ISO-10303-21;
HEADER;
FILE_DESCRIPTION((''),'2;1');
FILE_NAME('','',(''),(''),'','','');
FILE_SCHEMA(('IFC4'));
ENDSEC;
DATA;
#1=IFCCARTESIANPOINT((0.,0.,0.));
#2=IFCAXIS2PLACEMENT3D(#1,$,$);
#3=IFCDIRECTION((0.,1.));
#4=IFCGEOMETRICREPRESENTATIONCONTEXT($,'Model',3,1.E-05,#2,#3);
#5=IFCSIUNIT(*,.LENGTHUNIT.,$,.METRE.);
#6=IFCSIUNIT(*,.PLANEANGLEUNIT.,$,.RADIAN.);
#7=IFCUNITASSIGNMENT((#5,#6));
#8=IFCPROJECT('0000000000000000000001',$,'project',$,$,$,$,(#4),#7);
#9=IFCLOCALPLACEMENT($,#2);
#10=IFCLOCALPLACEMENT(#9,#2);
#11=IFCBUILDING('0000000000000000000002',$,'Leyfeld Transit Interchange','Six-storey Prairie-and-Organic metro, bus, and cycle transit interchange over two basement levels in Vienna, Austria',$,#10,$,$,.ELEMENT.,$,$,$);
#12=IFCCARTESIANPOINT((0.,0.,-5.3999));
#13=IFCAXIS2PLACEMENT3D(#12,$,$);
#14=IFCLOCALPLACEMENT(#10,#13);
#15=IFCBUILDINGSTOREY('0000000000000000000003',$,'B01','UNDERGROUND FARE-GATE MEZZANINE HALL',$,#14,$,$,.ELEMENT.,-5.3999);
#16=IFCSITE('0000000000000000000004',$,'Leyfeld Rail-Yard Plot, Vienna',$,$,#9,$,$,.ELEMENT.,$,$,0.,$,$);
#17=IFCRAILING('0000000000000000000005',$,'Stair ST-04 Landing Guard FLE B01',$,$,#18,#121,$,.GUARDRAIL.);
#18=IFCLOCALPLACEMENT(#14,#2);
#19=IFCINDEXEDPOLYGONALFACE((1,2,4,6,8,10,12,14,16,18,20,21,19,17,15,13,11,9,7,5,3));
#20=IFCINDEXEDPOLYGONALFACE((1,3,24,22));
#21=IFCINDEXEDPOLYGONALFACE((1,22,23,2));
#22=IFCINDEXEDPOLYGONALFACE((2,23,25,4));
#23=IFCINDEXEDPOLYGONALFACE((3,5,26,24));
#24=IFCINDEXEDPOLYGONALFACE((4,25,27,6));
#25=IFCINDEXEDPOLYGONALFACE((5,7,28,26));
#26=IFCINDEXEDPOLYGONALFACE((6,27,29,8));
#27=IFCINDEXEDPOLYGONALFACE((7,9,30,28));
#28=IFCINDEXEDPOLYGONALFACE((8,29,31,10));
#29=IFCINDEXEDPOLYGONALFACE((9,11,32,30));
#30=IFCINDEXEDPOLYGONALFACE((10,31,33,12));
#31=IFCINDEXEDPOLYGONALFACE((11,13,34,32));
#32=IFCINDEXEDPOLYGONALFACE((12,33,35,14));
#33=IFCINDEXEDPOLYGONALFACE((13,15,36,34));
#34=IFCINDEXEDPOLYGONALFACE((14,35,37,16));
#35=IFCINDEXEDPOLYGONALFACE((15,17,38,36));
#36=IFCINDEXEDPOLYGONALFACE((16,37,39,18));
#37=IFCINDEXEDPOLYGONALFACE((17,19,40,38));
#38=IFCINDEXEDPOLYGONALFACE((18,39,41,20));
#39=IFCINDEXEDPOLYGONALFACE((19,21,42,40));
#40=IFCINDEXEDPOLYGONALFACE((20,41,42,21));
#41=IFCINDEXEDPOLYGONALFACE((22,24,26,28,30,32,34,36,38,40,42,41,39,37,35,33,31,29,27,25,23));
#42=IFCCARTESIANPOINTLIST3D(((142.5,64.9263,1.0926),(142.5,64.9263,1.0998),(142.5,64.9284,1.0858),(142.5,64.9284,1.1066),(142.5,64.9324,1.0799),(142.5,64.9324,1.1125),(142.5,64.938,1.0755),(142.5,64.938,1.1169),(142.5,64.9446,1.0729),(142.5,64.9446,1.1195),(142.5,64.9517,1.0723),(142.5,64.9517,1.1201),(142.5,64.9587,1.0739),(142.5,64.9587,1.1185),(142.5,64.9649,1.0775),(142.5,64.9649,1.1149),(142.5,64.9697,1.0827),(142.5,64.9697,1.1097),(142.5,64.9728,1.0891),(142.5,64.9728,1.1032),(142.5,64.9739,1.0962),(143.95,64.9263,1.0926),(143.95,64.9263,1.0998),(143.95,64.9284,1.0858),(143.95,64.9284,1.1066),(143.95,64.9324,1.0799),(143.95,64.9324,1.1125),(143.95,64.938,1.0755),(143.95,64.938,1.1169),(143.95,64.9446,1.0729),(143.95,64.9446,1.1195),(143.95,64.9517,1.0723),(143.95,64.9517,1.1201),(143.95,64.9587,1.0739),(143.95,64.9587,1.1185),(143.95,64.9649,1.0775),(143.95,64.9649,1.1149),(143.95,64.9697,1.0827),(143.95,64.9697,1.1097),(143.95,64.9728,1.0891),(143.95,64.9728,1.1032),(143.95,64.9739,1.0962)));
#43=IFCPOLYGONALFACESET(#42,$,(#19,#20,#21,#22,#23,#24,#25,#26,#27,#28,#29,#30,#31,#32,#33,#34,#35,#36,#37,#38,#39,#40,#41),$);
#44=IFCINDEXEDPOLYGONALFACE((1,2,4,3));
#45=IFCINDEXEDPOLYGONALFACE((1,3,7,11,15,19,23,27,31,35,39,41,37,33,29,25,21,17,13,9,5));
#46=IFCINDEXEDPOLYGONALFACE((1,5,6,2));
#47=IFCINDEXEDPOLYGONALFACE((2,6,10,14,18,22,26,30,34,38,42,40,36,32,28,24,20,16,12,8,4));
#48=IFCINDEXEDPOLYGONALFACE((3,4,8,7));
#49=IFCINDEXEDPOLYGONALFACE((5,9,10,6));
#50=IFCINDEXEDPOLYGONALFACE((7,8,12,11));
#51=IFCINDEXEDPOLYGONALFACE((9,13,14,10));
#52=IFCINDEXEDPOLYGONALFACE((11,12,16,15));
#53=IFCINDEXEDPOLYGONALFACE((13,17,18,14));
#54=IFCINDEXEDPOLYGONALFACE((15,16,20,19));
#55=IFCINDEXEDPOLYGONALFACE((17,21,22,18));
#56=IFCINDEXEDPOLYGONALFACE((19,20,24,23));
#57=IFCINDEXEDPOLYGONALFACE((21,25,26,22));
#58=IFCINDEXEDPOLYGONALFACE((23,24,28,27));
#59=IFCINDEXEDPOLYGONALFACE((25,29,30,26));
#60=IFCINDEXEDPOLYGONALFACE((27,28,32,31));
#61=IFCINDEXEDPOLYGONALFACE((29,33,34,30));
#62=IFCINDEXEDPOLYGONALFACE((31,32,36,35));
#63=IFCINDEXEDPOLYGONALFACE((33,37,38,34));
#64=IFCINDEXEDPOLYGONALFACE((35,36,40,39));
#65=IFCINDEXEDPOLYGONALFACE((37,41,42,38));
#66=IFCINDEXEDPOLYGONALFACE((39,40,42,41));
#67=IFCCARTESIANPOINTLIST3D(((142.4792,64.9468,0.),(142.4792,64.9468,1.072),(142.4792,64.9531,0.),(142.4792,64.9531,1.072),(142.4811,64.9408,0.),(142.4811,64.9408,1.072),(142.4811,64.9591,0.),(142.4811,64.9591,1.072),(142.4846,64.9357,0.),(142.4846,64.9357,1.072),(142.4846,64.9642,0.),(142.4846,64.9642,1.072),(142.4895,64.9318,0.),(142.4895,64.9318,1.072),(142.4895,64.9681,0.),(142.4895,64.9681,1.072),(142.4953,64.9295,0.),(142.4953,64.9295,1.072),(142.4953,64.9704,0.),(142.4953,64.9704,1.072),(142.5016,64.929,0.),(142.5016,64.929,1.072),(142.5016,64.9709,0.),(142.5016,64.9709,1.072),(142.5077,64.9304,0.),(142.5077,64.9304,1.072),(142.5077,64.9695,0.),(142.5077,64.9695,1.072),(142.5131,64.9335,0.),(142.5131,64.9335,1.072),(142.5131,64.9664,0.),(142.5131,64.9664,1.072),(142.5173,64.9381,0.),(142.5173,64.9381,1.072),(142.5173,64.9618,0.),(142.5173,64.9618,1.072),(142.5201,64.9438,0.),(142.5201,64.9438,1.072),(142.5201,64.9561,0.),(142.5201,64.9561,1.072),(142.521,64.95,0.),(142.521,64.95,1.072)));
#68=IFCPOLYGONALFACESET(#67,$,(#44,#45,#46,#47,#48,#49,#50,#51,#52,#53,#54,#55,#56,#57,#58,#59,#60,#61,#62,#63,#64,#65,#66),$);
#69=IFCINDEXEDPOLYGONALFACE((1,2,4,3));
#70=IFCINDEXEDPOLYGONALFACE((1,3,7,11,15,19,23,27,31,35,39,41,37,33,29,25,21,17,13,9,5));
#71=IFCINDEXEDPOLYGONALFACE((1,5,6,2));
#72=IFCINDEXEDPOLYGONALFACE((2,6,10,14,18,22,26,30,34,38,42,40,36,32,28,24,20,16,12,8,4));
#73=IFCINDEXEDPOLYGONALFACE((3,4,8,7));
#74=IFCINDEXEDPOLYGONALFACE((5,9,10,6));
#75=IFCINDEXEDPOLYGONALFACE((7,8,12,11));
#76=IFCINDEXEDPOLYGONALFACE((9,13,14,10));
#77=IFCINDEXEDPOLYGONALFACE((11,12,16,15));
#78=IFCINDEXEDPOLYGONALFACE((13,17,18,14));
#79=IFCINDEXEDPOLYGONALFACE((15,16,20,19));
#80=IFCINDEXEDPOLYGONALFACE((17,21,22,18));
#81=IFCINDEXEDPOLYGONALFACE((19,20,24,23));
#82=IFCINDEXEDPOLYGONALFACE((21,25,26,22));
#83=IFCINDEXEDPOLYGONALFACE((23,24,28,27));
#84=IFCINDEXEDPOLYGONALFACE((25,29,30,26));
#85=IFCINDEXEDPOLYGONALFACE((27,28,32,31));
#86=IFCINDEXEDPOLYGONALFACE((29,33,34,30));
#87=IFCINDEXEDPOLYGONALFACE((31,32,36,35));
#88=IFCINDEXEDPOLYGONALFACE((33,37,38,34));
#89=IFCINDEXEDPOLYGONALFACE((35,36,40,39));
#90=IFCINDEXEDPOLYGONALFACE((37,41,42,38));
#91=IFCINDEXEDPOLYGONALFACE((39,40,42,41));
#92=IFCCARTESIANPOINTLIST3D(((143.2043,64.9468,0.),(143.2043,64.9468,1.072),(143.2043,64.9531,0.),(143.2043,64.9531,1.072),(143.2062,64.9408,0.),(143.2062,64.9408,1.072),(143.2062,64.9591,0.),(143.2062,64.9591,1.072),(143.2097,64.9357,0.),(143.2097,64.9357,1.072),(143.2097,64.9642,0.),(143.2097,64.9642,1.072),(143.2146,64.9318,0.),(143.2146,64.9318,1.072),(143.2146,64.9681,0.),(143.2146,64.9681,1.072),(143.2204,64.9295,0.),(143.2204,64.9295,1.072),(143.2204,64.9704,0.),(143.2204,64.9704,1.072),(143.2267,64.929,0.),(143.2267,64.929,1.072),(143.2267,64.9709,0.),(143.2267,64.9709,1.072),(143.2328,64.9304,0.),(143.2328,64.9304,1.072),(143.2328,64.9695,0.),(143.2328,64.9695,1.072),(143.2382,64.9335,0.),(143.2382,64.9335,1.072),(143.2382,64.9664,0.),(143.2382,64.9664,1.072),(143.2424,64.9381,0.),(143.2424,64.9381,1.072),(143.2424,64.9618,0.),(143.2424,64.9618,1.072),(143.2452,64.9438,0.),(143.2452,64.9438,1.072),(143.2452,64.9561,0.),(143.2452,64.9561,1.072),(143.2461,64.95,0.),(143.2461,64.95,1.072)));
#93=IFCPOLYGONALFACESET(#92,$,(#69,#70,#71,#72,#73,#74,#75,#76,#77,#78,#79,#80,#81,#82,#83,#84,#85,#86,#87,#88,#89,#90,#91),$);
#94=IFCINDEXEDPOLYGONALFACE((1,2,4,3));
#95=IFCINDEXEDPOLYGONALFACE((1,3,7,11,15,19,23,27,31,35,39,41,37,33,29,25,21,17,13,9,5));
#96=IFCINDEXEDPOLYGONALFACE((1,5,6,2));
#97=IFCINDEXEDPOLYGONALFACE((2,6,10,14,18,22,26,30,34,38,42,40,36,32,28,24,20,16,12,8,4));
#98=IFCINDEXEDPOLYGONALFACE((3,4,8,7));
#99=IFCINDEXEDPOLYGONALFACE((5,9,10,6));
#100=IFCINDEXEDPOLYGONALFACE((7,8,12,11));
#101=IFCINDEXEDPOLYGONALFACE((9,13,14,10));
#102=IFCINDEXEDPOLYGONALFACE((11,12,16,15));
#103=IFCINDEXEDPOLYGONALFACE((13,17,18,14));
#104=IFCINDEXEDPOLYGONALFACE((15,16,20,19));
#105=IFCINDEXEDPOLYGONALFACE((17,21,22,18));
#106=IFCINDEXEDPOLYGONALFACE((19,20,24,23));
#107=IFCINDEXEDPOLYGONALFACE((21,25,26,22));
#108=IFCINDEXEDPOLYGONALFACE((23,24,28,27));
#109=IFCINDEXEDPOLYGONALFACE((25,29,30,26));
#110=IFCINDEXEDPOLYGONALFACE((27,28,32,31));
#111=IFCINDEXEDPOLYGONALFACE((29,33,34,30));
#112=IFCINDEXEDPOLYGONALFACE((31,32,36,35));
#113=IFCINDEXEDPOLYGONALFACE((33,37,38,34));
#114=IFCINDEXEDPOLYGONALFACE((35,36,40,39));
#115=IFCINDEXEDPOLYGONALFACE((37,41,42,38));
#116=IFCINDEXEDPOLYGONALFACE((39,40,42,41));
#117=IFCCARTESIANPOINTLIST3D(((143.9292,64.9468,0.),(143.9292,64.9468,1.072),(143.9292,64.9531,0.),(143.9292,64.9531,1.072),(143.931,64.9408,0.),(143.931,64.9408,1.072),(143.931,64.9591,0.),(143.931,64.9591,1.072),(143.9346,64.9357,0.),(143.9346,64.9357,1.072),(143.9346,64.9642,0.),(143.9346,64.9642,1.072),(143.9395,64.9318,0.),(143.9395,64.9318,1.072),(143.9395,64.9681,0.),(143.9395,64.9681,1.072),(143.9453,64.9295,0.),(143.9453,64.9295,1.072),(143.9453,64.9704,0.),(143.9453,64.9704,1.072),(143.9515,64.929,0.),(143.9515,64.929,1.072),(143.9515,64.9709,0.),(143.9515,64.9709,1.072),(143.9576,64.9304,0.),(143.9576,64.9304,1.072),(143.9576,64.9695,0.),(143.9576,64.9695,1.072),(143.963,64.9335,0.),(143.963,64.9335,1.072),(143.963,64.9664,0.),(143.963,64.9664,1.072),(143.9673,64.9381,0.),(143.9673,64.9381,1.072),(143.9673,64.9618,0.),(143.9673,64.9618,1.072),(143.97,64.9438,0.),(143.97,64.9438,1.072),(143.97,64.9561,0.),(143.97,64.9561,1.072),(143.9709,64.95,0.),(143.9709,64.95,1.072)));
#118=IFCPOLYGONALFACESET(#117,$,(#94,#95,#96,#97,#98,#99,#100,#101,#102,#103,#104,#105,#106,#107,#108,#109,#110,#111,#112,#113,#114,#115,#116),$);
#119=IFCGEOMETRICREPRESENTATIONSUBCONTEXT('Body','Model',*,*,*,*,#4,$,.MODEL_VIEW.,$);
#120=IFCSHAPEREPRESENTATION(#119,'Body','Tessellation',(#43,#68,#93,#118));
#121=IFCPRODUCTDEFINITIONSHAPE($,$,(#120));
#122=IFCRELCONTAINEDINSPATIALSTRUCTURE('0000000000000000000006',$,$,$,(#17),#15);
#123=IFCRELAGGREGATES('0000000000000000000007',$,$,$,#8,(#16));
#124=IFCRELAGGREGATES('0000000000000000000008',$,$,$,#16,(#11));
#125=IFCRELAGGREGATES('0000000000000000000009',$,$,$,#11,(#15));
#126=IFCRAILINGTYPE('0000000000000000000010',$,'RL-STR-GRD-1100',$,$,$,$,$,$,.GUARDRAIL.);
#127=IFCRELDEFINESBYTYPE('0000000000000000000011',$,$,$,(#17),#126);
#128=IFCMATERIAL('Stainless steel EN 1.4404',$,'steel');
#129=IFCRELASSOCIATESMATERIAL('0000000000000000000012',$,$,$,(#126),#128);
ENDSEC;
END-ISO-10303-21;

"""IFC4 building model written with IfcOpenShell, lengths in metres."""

from ifc_helpers import new_model, si_unit, direction, frame, origin, origin_2d, place, context, subcontext, project, spatial, circle, extrude, material, type_object, element, save


model = new_model("IFC4")

# Units and contexts
model_context = context("Model", 3, precision=1e-05, world=origin(), true_north=direction((0.0, 1.0)))
body_context = subcontext(model_context, "Body", "Model", "MODEL_VIEW")
ifc_project = project(units=[si_unit("LENGTHUNIT", "METRE"), si_unit("PLANEANGLEUNIT", "RADIAN")], contexts=[model_context])

# Site, building, storey
site_placement = place(None, origin())
site = spatial("IfcSite", under=ifc_project, at=site_placement, Name="Leyfeld Rail-Yard Plot, Vienna", CompositionType="ELEMENT", RefElevation=0.0)
building_placement = place(site_placement, origin())
building = spatial("IfcBuilding", under=site, at=building_placement, Name="Leyfeld Transit Interchange", Description="Six-storey Prairie-and-Organic metro, bus, and cycle transit interchange over two basement levels in Vienna, Austria", CompositionType="ELEMENT")
storey_placement = place(building_placement, frame((0.0, 0.0, -5.3999)))
storey = spatial("IfcBuildingStorey", under=building, at=storey_placement, Name="B01", Description="UNDERGROUND FARE-GATE MEZZANINE HALL", CompositionType="ELEMENT", Elevation=-5.3999)

# Shared definitions
ifc_material_1 = material(Name="Stainless steel EN 1.4404", Category="steel")

# Railing
railing_type = type_object("IfcRailingType", Name="RL-STR-GRD-1100", PredefinedType="GUARDRAIL", material=ifc_material_1)
railing_1_placement = place(storey_placement, frame((142.5, 64.95, 0.0)))
element("IfcRailing", 1, at=railing_1_placement, inside=storey, type_object=railing_type, Name="Stair ST-04 Landing Guard FLE B01", PredefinedType="GUARDRAIL", context=body_context, shape_type="SweptSolid", body=[
    extrude(circle(Radius=0.0239, at=origin_2d()), frame((0.0, 0.0, 1.0962), z_axis=(1.0, 0.0, 0.0), x_axis=(0.0, 1.0, 0.0)), (0.0, 0.0, 1.0), 1.45),
    extrude(circle(Radius=0.021, at=origin_2d()), origin(), (0.0, 0.0, 1.0), 1.072),
    extrude(circle(Radius=0.021, at=origin_2d()), frame((0.7251, 0.0, 0.0)), (0.0, 0.0, 1.0), 1.072),
    extrude(circle(Radius=0.021, at=origin_2d()), frame((1.45, 0.0, 0.0)), (0.0, 0.0, 1.0), 1.072),
])

save(model, "model.ifc")
